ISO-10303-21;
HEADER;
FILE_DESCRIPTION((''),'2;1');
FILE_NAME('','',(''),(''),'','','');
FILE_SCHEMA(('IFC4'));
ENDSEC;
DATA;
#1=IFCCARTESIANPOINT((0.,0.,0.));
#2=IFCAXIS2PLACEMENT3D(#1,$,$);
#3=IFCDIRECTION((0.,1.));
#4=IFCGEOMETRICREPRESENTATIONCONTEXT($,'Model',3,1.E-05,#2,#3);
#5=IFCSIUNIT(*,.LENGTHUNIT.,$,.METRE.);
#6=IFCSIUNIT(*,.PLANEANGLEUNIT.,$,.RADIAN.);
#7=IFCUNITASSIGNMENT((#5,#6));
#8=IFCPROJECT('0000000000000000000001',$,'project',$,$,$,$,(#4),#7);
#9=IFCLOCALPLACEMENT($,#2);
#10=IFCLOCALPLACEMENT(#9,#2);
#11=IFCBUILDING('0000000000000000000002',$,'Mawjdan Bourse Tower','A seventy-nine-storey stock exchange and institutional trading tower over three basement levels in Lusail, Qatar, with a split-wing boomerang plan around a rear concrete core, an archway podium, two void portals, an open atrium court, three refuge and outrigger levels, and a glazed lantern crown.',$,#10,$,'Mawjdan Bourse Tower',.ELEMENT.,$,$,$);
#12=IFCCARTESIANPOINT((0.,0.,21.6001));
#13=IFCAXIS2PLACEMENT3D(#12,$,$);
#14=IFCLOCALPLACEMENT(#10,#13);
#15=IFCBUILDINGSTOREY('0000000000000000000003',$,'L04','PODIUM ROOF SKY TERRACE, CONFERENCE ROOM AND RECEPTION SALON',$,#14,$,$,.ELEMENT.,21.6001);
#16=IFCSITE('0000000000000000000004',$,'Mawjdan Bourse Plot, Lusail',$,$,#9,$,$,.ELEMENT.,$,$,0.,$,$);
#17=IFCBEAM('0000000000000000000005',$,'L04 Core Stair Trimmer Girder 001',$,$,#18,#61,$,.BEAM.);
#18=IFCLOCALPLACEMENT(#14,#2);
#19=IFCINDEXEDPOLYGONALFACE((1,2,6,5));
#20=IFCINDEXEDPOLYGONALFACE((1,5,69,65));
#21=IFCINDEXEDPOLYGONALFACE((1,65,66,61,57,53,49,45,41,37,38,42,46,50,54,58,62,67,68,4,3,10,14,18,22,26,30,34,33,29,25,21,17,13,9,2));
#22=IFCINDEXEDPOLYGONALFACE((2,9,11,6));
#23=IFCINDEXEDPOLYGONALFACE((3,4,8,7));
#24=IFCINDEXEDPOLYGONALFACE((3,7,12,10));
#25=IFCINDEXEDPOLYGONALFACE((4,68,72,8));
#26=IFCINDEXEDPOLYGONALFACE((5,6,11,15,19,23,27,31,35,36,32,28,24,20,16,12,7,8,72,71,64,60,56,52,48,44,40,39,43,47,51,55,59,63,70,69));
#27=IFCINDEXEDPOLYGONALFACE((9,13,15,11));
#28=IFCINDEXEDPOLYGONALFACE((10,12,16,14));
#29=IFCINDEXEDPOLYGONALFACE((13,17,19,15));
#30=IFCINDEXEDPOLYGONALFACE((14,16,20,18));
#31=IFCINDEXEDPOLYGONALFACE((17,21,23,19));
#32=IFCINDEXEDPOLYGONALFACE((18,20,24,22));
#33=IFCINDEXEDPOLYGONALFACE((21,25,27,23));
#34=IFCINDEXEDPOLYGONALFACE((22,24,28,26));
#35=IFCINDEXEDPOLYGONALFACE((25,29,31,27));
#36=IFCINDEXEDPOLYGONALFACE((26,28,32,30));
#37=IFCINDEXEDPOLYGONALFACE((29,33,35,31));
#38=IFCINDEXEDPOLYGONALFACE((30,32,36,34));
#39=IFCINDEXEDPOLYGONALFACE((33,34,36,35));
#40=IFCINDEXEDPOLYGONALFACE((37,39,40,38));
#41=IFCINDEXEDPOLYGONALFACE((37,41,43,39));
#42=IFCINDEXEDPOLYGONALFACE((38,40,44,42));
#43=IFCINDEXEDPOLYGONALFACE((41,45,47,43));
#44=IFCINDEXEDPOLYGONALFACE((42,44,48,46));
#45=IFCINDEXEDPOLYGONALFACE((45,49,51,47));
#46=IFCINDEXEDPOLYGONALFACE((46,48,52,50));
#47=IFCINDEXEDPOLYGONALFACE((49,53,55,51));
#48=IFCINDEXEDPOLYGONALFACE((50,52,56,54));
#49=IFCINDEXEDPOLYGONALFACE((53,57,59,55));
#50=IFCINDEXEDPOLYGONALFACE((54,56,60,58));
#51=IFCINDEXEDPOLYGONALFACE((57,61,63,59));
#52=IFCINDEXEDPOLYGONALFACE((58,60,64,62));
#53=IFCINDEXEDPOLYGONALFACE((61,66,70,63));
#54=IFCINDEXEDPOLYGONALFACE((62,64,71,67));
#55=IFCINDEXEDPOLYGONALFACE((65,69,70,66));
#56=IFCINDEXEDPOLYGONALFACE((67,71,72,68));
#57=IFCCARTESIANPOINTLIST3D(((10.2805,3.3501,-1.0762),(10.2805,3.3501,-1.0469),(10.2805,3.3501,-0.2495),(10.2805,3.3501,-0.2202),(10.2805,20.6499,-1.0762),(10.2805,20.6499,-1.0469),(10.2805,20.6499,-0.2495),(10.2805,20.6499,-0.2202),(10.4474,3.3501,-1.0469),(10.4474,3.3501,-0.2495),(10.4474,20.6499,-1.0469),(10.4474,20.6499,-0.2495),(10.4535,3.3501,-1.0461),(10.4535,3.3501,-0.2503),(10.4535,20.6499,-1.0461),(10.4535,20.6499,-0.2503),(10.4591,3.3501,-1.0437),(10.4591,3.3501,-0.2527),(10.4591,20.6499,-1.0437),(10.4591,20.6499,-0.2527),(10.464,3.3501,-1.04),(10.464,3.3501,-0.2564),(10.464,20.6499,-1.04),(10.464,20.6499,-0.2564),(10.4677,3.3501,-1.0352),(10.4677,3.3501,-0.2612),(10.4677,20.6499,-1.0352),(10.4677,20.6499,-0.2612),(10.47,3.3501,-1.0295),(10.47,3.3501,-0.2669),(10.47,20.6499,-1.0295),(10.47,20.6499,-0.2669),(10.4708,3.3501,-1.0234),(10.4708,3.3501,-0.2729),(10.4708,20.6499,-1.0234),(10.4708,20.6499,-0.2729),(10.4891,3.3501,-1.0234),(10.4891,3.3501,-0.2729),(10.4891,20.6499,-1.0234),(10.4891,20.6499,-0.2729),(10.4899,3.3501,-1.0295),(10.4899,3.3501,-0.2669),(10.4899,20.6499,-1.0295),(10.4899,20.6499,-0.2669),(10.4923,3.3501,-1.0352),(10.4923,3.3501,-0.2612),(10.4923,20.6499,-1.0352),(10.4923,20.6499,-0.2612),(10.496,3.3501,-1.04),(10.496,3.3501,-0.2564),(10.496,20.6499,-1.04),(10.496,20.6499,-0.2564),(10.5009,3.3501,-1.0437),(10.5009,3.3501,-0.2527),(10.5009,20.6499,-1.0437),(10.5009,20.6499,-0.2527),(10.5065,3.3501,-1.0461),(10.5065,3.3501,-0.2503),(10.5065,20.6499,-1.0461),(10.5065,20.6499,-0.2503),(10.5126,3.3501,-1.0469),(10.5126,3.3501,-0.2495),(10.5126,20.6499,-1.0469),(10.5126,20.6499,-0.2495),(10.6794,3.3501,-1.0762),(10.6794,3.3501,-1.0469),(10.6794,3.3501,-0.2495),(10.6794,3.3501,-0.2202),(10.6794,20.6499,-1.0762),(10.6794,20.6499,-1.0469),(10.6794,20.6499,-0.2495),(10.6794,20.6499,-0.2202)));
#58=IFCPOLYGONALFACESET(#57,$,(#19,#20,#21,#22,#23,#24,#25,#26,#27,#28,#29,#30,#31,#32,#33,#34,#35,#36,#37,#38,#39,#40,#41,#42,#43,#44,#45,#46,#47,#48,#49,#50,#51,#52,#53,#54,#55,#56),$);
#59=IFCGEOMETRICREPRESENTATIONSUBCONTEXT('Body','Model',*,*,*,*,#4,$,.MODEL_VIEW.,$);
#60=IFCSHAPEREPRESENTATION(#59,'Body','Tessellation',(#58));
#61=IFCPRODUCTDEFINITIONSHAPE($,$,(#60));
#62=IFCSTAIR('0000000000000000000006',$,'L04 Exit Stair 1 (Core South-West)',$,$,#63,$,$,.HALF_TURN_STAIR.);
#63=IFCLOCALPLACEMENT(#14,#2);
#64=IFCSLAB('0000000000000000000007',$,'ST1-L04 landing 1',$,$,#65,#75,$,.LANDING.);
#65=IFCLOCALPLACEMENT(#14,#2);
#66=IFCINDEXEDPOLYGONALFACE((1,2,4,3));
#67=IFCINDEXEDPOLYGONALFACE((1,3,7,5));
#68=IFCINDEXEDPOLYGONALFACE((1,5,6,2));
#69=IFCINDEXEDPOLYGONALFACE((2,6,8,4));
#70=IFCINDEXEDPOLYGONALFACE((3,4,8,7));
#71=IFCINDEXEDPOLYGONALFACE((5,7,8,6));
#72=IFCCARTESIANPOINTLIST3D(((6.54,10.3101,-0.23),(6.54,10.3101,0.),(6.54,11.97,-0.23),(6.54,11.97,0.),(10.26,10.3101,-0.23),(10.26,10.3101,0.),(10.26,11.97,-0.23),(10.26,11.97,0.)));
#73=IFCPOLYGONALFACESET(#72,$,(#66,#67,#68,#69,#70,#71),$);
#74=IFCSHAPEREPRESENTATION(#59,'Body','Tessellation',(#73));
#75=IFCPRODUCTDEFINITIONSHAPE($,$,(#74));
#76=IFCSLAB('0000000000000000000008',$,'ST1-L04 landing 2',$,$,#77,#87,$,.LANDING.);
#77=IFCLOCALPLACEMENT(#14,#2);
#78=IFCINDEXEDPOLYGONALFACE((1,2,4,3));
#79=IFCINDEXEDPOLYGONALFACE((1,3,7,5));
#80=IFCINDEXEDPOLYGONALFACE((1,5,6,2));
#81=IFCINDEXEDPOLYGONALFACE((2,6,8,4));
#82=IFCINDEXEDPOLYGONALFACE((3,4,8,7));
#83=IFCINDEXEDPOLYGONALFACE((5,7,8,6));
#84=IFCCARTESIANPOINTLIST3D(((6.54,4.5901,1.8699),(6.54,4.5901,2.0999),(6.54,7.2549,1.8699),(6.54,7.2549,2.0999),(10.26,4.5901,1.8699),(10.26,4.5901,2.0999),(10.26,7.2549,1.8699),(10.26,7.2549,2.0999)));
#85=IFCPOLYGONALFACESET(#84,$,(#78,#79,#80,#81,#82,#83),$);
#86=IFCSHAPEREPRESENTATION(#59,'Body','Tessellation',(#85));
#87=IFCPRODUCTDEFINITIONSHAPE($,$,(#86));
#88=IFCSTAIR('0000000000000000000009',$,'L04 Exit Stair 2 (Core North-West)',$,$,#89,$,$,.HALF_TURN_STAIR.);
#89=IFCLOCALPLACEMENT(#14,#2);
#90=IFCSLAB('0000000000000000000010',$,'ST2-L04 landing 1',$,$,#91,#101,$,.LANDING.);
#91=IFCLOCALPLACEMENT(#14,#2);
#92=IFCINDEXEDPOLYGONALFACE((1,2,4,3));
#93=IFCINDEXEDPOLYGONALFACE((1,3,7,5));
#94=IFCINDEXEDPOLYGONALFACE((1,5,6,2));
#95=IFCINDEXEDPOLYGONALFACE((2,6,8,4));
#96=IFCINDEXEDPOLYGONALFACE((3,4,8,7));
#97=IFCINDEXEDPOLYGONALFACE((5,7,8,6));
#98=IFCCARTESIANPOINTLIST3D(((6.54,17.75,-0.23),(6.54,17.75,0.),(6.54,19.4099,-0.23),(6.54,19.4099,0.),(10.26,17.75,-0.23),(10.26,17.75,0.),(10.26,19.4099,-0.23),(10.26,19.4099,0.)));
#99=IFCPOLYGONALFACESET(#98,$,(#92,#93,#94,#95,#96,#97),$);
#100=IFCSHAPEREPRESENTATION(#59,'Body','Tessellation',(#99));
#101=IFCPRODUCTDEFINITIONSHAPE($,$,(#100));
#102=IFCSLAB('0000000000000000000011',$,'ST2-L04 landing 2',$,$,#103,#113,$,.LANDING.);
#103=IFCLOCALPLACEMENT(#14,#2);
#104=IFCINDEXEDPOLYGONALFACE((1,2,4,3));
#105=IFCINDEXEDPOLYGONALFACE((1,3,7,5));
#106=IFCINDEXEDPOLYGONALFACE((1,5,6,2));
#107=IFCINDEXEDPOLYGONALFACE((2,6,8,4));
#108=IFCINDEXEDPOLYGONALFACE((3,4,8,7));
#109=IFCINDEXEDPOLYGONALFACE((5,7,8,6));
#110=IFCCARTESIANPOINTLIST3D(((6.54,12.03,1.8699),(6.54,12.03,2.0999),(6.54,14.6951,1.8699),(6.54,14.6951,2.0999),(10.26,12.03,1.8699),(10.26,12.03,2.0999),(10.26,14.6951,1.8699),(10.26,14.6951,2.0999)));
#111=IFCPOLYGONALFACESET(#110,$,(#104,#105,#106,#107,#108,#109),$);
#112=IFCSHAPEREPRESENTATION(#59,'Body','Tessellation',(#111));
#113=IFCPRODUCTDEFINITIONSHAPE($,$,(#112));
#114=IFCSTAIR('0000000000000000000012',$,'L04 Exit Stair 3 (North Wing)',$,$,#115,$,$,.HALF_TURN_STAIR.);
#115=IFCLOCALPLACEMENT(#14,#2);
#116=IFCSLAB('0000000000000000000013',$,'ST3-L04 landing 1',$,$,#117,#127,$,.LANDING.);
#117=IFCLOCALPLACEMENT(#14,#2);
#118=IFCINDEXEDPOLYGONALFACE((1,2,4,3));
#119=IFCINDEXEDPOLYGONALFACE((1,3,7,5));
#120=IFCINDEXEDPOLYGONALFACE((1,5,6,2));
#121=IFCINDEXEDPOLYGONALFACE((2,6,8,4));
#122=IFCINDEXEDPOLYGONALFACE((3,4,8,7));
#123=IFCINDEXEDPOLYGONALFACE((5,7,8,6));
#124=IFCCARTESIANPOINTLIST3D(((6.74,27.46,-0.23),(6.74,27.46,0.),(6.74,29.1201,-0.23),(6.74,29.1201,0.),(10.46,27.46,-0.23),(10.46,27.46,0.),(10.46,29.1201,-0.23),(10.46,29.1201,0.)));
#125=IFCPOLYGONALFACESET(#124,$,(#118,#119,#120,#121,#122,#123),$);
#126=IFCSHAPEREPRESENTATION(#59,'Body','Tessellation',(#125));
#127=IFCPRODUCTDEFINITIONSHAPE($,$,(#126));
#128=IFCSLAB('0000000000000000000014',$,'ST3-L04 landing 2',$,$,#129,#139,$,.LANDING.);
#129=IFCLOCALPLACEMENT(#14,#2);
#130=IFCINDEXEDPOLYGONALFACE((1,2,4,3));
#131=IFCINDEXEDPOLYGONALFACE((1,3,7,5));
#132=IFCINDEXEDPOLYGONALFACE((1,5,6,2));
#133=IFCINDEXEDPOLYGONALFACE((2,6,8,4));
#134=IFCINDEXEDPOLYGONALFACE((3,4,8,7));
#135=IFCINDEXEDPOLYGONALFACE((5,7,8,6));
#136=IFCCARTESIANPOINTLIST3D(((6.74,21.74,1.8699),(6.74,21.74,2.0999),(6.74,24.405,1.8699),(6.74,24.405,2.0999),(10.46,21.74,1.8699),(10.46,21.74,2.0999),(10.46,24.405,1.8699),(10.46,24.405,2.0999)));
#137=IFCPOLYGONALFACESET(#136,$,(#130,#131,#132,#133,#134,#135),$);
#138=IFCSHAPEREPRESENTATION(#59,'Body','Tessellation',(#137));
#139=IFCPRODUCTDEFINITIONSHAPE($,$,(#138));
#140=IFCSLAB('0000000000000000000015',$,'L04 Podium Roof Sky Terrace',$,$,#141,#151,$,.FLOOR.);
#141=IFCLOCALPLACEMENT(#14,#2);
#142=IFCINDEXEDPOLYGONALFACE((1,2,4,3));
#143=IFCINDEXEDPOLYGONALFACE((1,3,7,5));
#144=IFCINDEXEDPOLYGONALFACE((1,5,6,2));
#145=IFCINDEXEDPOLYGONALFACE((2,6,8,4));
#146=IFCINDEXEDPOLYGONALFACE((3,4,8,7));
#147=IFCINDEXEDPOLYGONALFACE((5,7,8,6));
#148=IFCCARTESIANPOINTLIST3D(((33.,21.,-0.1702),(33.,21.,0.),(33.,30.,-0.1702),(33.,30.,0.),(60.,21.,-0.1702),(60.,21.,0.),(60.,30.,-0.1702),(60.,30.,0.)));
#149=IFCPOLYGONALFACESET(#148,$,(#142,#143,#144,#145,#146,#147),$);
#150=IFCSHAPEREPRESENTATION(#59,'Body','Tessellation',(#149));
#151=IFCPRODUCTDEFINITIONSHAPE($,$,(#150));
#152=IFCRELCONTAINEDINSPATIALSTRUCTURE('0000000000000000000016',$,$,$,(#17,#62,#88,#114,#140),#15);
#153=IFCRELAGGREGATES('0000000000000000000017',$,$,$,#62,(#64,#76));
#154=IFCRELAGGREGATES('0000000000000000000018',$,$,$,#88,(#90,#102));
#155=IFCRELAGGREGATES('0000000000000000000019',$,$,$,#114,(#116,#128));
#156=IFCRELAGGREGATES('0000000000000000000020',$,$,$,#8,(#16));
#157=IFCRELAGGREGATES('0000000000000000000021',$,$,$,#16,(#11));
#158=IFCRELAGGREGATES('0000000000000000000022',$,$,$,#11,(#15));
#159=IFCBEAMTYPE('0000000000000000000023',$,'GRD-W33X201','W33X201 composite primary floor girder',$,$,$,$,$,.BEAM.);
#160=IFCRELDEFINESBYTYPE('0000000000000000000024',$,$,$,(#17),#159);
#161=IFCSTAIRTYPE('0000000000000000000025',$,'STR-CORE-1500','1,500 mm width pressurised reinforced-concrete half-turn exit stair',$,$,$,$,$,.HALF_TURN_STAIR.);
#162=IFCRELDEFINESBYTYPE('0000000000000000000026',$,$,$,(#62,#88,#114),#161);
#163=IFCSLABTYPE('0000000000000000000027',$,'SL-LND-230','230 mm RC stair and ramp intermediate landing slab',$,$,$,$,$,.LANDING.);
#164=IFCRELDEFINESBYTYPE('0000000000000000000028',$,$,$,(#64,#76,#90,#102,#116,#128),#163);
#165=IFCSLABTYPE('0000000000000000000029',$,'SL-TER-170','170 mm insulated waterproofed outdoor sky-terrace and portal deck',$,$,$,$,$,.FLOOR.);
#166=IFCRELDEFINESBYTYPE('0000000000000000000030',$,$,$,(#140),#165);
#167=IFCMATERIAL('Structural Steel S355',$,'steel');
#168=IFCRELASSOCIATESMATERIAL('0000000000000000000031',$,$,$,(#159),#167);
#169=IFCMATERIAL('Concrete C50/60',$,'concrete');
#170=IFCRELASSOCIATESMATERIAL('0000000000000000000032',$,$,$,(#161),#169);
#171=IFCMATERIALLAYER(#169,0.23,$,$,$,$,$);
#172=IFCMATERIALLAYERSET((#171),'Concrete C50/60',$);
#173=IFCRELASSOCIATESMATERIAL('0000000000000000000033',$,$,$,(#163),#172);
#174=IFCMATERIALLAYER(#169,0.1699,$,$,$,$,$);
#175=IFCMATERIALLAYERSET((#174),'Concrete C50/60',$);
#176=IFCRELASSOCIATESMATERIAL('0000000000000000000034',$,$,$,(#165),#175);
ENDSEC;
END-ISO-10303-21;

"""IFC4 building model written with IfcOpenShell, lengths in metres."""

from ifc_helpers import new_model, si_unit, direction, frame, origin, origin_2d, place, context, subcontext, project, spatial, polyline, i_section, outline, extrude, material, layer, layer_set, material_profile, profile_set, type_object, element, aggregate, save


model = new_model("IFC4")

# Units and contexts
model_context = context("Model", 3, precision=1e-05, world=origin(), true_north=direction((0.0, 1.0)))
body_context = subcontext(model_context, "Body", "Model", "MODEL_VIEW")
ifc_project = project(units=[si_unit("LENGTHUNIT", "METRE"), si_unit("PLANEANGLEUNIT", "RADIAN")], contexts=[model_context])

# Site, building, storey
site_placement = place(None, origin())
site = spatial("IfcSite", under=ifc_project, at=site_placement, Name="Mawjdan Bourse Plot, Lusail", CompositionType="ELEMENT", RefElevation=0.0)
building_placement = place(site_placement, origin())
building = spatial("IfcBuilding", under=site, at=building_placement, Name="Mawjdan Bourse Tower", Description="A seventy-nine-storey stock exchange and institutional trading tower over three basement levels in Lusail, Qatar, with a split-wing boomerang plan around a rear concrete core, an archway podium, two void portals, an open atrium court, three refuge and outrigger levels, and a glazed lantern crown.", LongName="Mawjdan Bourse Tower", CompositionType="ELEMENT")
storey_placement = place(building_placement, frame((0.0, 0.0, 21.6001)))
storey = spatial("IfcBuildingStorey", under=building, at=storey_placement, Name="L04", Description="PODIUM ROOF SKY TERRACE, CONFERENCE ROOM AND RECEPTION SALON", CompositionType="ELEMENT", Elevation=21.6001)

# Beam
ifc_material_1 = material(Name="Structural Steel S355", Category="steel")
ifc_material_profile = material_profile(ifc_material_1, i_section(OverallWidth=0.3989, OverallDepth=0.856, WebThickness=0.0183, FlangeThickness=0.0293, FilletRadius=0.0234, at=origin_2d()), Name="W33X201")
ifc_profile_set = profile_set([ifc_material_profile], Name="Structural Steel S355")
beam_type = type_object("IfcBeamType", Name="GRD-W33X201", Description="W33X201 composite primary floor girder", PredefinedType="BEAM", material=ifc_profile_set)
beam_placement = place(storey_placement, frame((10.48, 3.3501, -0.6482), z_axis=(0.0, 1.0, 0.0), x_axis=(-1.0, 0.0, 0.0)))
element("IfcBeam", 1, at=beam_placement, inside=storey, type_object=beam_type, Name="L04 Core Stair Trimmer Girder 001", PredefinedType="BEAM", context=body_context, shape_type="SweptSolid", body=[
    extrude(i_section(OverallWidth=0.3989, OverallDepth=0.856, WebThickness=0.0183, FlangeThickness=0.0293, FilletRadius=0.0234, at=origin_2d()), origin(), (0.0, 0.0, 1.0), 17.2998),
])

# Stairs, slabs
ifc_material_2 = material(Name="Concrete C50/60", Category="concrete")
stair_type = type_object("IfcStairType", Name="STR-CORE-1500", Description="1,500 mm width pressurised reinforced-concrete half-turn exit stair", PredefinedType="HALF_TURN_STAIR", material=ifc_material_2)
stair_1_placement = place(storey_placement, origin())
stair_1 = element("IfcStair", 2, at=stair_1_placement, inside=storey, type_object=stair_type, Name="L04 Exit Stair 1 (Core South-West)", PredefinedType="HALF_TURN_STAIR")
ifc_layer_1 = layer(ifc_material_2, 0.23)
ifc_layer_set_1 = layer_set([ifc_layer_1], Name="Concrete C50/60")
slab_type_1 = type_object("IfcSlabType", Name="SL-LND-230", Description="230 mm RC stair and ramp intermediate landing slab", PredefinedType="LANDING", material=ifc_layer_set_1)
slab_1_placement = place(storey_placement, frame((0.0, 0.0, -0.23)))
slab_1 = element("IfcSlab", 3, at=slab_1_placement, type_object=slab_type_1, Name="ST1-L04 landing 1", PredefinedType="LANDING", context=body_context, shape_type="SweptSolid", body=[
    extrude(outline(polyline([(6.54, 10.3101), (10.26, 10.3101), (10.26, 11.97), (6.54, 11.97), (6.54, 10.3101)])), origin(), (0.0, 0.0, 1.0), 0.23),
])
slab_2_placement = place(storey_placement, frame((0.0, 0.0, 1.8699)))
slab_2 = element("IfcSlab", 4, at=slab_2_placement, type_object=slab_type_1, Name="ST1-L04 landing 2", PredefinedType="LANDING", context=body_context, shape_type="SweptSolid", body=[
    extrude(outline(polyline([(6.54, 4.5901), (10.26, 4.5901), (10.26, 7.2549), (6.54, 7.2549), (6.54, 4.5901)])), origin(), (0.0, 0.0, 1.0), 0.23),
])
aggregate(stair_1, [slab_1, slab_2])
stair_2_placement = place(storey_placement, origin())
stair_2 = element("IfcStair", 5, at=stair_2_placement, inside=storey, type_object=stair_type, Name="L04 Exit Stair 2 (Core North-West)", PredefinedType="HALF_TURN_STAIR")
slab_3_placement = place(storey_placement, frame((0.0, 0.0, -0.23)))
slab_3 = element("IfcSlab", 6, at=slab_3_placement, type_object=slab_type_1, Name="ST2-L04 landing 1", PredefinedType="LANDING", context=body_context, shape_type="SweptSolid", body=[
    extrude(outline(polyline([(6.54, 17.75), (10.26, 17.75), (10.26, 19.4099), (6.54, 19.4099), (6.54, 17.75)])), origin(), (0.0, 0.0, 1.0), 0.23),
])
slab_4_placement = place(storey_placement, frame((0.0, 0.0, 1.8699)))
slab_4 = element("IfcSlab", 7, at=slab_4_placement, type_object=slab_type_1, Name="ST2-L04 landing 2", PredefinedType="LANDING", context=body_context, shape_type="SweptSolid", body=[
    extrude(outline(polyline([(6.54, 12.03), (10.26, 12.03), (10.26, 14.6951), (6.54, 14.6951), (6.54, 12.03)])), origin(), (0.0, 0.0, 1.0), 0.23),
])
aggregate(stair_2, [slab_3, slab_4])
stair_3_placement = place(storey_placement, origin())
stair_3 = element("IfcStair", 8, at=stair_3_placement, inside=storey, type_object=stair_type, Name="L04 Exit Stair 3 (North Wing)", PredefinedType="HALF_TURN_STAIR")
slab_5_placement = place(storey_placement, frame((0.0, 0.0, -0.23)))
slab_5 = element("IfcSlab", 9, at=slab_5_placement, type_object=slab_type_1, Name="ST3-L04 landing 1", PredefinedType="LANDING", context=body_context, shape_type="SweptSolid", body=[
    extrude(outline(polyline([(6.74, 27.46), (10.46, 27.46), (10.46, 29.1201), (6.74, 29.1201), (6.74, 27.46)])), origin(), (0.0, 0.0, 1.0), 0.23),
])
slab_6_placement = place(storey_placement, frame((0.0, 0.0, 1.8699)))
slab_6 = element("IfcSlab", 10, at=slab_6_placement, type_object=slab_type_1, Name="ST3-L04 landing 2", PredefinedType="LANDING", context=body_context, shape_type="SweptSolid", body=[
    extrude(outline(polyline([(6.74, 21.74), (10.46, 21.74), (10.46, 24.405), (6.74, 24.405), (6.74, 21.74)])), origin(), (0.0, 0.0, 1.0), 0.23),
])
aggregate(stair_3, [slab_5, slab_6])

# Slab
ifc_layer_2 = layer(ifc_material_2, 0.1699)
ifc_layer_set_2 = layer_set([ifc_layer_2], Name="Concrete C50/60")
slab_type_2 = type_object("IfcSlabType", Name="SL-TER-170", Description="170 mm insulated waterproofed outdoor sky-terrace and portal deck", PredefinedType="FLOOR", material=ifc_layer_set_2)
slab_7_placement = place(storey_placement, frame((0.0, 0.0, -0.1702)))
element("IfcSlab", 11, at=slab_7_placement, inside=storey, type_object=slab_type_2, Name="L04 Podium Roof Sky Terrace", PredefinedType="FLOOR", context=body_context, shape_type="SweptSolid", body=[
    extrude(outline(polyline([(33.0, 21.0), (60.0, 21.0), (60.0, 30.0), (33.0, 30.0), (33.0, 21.0)])), origin(), (0.0, 0.0, 1.0), 0.1702),
])

save(model, "model.ifc")
